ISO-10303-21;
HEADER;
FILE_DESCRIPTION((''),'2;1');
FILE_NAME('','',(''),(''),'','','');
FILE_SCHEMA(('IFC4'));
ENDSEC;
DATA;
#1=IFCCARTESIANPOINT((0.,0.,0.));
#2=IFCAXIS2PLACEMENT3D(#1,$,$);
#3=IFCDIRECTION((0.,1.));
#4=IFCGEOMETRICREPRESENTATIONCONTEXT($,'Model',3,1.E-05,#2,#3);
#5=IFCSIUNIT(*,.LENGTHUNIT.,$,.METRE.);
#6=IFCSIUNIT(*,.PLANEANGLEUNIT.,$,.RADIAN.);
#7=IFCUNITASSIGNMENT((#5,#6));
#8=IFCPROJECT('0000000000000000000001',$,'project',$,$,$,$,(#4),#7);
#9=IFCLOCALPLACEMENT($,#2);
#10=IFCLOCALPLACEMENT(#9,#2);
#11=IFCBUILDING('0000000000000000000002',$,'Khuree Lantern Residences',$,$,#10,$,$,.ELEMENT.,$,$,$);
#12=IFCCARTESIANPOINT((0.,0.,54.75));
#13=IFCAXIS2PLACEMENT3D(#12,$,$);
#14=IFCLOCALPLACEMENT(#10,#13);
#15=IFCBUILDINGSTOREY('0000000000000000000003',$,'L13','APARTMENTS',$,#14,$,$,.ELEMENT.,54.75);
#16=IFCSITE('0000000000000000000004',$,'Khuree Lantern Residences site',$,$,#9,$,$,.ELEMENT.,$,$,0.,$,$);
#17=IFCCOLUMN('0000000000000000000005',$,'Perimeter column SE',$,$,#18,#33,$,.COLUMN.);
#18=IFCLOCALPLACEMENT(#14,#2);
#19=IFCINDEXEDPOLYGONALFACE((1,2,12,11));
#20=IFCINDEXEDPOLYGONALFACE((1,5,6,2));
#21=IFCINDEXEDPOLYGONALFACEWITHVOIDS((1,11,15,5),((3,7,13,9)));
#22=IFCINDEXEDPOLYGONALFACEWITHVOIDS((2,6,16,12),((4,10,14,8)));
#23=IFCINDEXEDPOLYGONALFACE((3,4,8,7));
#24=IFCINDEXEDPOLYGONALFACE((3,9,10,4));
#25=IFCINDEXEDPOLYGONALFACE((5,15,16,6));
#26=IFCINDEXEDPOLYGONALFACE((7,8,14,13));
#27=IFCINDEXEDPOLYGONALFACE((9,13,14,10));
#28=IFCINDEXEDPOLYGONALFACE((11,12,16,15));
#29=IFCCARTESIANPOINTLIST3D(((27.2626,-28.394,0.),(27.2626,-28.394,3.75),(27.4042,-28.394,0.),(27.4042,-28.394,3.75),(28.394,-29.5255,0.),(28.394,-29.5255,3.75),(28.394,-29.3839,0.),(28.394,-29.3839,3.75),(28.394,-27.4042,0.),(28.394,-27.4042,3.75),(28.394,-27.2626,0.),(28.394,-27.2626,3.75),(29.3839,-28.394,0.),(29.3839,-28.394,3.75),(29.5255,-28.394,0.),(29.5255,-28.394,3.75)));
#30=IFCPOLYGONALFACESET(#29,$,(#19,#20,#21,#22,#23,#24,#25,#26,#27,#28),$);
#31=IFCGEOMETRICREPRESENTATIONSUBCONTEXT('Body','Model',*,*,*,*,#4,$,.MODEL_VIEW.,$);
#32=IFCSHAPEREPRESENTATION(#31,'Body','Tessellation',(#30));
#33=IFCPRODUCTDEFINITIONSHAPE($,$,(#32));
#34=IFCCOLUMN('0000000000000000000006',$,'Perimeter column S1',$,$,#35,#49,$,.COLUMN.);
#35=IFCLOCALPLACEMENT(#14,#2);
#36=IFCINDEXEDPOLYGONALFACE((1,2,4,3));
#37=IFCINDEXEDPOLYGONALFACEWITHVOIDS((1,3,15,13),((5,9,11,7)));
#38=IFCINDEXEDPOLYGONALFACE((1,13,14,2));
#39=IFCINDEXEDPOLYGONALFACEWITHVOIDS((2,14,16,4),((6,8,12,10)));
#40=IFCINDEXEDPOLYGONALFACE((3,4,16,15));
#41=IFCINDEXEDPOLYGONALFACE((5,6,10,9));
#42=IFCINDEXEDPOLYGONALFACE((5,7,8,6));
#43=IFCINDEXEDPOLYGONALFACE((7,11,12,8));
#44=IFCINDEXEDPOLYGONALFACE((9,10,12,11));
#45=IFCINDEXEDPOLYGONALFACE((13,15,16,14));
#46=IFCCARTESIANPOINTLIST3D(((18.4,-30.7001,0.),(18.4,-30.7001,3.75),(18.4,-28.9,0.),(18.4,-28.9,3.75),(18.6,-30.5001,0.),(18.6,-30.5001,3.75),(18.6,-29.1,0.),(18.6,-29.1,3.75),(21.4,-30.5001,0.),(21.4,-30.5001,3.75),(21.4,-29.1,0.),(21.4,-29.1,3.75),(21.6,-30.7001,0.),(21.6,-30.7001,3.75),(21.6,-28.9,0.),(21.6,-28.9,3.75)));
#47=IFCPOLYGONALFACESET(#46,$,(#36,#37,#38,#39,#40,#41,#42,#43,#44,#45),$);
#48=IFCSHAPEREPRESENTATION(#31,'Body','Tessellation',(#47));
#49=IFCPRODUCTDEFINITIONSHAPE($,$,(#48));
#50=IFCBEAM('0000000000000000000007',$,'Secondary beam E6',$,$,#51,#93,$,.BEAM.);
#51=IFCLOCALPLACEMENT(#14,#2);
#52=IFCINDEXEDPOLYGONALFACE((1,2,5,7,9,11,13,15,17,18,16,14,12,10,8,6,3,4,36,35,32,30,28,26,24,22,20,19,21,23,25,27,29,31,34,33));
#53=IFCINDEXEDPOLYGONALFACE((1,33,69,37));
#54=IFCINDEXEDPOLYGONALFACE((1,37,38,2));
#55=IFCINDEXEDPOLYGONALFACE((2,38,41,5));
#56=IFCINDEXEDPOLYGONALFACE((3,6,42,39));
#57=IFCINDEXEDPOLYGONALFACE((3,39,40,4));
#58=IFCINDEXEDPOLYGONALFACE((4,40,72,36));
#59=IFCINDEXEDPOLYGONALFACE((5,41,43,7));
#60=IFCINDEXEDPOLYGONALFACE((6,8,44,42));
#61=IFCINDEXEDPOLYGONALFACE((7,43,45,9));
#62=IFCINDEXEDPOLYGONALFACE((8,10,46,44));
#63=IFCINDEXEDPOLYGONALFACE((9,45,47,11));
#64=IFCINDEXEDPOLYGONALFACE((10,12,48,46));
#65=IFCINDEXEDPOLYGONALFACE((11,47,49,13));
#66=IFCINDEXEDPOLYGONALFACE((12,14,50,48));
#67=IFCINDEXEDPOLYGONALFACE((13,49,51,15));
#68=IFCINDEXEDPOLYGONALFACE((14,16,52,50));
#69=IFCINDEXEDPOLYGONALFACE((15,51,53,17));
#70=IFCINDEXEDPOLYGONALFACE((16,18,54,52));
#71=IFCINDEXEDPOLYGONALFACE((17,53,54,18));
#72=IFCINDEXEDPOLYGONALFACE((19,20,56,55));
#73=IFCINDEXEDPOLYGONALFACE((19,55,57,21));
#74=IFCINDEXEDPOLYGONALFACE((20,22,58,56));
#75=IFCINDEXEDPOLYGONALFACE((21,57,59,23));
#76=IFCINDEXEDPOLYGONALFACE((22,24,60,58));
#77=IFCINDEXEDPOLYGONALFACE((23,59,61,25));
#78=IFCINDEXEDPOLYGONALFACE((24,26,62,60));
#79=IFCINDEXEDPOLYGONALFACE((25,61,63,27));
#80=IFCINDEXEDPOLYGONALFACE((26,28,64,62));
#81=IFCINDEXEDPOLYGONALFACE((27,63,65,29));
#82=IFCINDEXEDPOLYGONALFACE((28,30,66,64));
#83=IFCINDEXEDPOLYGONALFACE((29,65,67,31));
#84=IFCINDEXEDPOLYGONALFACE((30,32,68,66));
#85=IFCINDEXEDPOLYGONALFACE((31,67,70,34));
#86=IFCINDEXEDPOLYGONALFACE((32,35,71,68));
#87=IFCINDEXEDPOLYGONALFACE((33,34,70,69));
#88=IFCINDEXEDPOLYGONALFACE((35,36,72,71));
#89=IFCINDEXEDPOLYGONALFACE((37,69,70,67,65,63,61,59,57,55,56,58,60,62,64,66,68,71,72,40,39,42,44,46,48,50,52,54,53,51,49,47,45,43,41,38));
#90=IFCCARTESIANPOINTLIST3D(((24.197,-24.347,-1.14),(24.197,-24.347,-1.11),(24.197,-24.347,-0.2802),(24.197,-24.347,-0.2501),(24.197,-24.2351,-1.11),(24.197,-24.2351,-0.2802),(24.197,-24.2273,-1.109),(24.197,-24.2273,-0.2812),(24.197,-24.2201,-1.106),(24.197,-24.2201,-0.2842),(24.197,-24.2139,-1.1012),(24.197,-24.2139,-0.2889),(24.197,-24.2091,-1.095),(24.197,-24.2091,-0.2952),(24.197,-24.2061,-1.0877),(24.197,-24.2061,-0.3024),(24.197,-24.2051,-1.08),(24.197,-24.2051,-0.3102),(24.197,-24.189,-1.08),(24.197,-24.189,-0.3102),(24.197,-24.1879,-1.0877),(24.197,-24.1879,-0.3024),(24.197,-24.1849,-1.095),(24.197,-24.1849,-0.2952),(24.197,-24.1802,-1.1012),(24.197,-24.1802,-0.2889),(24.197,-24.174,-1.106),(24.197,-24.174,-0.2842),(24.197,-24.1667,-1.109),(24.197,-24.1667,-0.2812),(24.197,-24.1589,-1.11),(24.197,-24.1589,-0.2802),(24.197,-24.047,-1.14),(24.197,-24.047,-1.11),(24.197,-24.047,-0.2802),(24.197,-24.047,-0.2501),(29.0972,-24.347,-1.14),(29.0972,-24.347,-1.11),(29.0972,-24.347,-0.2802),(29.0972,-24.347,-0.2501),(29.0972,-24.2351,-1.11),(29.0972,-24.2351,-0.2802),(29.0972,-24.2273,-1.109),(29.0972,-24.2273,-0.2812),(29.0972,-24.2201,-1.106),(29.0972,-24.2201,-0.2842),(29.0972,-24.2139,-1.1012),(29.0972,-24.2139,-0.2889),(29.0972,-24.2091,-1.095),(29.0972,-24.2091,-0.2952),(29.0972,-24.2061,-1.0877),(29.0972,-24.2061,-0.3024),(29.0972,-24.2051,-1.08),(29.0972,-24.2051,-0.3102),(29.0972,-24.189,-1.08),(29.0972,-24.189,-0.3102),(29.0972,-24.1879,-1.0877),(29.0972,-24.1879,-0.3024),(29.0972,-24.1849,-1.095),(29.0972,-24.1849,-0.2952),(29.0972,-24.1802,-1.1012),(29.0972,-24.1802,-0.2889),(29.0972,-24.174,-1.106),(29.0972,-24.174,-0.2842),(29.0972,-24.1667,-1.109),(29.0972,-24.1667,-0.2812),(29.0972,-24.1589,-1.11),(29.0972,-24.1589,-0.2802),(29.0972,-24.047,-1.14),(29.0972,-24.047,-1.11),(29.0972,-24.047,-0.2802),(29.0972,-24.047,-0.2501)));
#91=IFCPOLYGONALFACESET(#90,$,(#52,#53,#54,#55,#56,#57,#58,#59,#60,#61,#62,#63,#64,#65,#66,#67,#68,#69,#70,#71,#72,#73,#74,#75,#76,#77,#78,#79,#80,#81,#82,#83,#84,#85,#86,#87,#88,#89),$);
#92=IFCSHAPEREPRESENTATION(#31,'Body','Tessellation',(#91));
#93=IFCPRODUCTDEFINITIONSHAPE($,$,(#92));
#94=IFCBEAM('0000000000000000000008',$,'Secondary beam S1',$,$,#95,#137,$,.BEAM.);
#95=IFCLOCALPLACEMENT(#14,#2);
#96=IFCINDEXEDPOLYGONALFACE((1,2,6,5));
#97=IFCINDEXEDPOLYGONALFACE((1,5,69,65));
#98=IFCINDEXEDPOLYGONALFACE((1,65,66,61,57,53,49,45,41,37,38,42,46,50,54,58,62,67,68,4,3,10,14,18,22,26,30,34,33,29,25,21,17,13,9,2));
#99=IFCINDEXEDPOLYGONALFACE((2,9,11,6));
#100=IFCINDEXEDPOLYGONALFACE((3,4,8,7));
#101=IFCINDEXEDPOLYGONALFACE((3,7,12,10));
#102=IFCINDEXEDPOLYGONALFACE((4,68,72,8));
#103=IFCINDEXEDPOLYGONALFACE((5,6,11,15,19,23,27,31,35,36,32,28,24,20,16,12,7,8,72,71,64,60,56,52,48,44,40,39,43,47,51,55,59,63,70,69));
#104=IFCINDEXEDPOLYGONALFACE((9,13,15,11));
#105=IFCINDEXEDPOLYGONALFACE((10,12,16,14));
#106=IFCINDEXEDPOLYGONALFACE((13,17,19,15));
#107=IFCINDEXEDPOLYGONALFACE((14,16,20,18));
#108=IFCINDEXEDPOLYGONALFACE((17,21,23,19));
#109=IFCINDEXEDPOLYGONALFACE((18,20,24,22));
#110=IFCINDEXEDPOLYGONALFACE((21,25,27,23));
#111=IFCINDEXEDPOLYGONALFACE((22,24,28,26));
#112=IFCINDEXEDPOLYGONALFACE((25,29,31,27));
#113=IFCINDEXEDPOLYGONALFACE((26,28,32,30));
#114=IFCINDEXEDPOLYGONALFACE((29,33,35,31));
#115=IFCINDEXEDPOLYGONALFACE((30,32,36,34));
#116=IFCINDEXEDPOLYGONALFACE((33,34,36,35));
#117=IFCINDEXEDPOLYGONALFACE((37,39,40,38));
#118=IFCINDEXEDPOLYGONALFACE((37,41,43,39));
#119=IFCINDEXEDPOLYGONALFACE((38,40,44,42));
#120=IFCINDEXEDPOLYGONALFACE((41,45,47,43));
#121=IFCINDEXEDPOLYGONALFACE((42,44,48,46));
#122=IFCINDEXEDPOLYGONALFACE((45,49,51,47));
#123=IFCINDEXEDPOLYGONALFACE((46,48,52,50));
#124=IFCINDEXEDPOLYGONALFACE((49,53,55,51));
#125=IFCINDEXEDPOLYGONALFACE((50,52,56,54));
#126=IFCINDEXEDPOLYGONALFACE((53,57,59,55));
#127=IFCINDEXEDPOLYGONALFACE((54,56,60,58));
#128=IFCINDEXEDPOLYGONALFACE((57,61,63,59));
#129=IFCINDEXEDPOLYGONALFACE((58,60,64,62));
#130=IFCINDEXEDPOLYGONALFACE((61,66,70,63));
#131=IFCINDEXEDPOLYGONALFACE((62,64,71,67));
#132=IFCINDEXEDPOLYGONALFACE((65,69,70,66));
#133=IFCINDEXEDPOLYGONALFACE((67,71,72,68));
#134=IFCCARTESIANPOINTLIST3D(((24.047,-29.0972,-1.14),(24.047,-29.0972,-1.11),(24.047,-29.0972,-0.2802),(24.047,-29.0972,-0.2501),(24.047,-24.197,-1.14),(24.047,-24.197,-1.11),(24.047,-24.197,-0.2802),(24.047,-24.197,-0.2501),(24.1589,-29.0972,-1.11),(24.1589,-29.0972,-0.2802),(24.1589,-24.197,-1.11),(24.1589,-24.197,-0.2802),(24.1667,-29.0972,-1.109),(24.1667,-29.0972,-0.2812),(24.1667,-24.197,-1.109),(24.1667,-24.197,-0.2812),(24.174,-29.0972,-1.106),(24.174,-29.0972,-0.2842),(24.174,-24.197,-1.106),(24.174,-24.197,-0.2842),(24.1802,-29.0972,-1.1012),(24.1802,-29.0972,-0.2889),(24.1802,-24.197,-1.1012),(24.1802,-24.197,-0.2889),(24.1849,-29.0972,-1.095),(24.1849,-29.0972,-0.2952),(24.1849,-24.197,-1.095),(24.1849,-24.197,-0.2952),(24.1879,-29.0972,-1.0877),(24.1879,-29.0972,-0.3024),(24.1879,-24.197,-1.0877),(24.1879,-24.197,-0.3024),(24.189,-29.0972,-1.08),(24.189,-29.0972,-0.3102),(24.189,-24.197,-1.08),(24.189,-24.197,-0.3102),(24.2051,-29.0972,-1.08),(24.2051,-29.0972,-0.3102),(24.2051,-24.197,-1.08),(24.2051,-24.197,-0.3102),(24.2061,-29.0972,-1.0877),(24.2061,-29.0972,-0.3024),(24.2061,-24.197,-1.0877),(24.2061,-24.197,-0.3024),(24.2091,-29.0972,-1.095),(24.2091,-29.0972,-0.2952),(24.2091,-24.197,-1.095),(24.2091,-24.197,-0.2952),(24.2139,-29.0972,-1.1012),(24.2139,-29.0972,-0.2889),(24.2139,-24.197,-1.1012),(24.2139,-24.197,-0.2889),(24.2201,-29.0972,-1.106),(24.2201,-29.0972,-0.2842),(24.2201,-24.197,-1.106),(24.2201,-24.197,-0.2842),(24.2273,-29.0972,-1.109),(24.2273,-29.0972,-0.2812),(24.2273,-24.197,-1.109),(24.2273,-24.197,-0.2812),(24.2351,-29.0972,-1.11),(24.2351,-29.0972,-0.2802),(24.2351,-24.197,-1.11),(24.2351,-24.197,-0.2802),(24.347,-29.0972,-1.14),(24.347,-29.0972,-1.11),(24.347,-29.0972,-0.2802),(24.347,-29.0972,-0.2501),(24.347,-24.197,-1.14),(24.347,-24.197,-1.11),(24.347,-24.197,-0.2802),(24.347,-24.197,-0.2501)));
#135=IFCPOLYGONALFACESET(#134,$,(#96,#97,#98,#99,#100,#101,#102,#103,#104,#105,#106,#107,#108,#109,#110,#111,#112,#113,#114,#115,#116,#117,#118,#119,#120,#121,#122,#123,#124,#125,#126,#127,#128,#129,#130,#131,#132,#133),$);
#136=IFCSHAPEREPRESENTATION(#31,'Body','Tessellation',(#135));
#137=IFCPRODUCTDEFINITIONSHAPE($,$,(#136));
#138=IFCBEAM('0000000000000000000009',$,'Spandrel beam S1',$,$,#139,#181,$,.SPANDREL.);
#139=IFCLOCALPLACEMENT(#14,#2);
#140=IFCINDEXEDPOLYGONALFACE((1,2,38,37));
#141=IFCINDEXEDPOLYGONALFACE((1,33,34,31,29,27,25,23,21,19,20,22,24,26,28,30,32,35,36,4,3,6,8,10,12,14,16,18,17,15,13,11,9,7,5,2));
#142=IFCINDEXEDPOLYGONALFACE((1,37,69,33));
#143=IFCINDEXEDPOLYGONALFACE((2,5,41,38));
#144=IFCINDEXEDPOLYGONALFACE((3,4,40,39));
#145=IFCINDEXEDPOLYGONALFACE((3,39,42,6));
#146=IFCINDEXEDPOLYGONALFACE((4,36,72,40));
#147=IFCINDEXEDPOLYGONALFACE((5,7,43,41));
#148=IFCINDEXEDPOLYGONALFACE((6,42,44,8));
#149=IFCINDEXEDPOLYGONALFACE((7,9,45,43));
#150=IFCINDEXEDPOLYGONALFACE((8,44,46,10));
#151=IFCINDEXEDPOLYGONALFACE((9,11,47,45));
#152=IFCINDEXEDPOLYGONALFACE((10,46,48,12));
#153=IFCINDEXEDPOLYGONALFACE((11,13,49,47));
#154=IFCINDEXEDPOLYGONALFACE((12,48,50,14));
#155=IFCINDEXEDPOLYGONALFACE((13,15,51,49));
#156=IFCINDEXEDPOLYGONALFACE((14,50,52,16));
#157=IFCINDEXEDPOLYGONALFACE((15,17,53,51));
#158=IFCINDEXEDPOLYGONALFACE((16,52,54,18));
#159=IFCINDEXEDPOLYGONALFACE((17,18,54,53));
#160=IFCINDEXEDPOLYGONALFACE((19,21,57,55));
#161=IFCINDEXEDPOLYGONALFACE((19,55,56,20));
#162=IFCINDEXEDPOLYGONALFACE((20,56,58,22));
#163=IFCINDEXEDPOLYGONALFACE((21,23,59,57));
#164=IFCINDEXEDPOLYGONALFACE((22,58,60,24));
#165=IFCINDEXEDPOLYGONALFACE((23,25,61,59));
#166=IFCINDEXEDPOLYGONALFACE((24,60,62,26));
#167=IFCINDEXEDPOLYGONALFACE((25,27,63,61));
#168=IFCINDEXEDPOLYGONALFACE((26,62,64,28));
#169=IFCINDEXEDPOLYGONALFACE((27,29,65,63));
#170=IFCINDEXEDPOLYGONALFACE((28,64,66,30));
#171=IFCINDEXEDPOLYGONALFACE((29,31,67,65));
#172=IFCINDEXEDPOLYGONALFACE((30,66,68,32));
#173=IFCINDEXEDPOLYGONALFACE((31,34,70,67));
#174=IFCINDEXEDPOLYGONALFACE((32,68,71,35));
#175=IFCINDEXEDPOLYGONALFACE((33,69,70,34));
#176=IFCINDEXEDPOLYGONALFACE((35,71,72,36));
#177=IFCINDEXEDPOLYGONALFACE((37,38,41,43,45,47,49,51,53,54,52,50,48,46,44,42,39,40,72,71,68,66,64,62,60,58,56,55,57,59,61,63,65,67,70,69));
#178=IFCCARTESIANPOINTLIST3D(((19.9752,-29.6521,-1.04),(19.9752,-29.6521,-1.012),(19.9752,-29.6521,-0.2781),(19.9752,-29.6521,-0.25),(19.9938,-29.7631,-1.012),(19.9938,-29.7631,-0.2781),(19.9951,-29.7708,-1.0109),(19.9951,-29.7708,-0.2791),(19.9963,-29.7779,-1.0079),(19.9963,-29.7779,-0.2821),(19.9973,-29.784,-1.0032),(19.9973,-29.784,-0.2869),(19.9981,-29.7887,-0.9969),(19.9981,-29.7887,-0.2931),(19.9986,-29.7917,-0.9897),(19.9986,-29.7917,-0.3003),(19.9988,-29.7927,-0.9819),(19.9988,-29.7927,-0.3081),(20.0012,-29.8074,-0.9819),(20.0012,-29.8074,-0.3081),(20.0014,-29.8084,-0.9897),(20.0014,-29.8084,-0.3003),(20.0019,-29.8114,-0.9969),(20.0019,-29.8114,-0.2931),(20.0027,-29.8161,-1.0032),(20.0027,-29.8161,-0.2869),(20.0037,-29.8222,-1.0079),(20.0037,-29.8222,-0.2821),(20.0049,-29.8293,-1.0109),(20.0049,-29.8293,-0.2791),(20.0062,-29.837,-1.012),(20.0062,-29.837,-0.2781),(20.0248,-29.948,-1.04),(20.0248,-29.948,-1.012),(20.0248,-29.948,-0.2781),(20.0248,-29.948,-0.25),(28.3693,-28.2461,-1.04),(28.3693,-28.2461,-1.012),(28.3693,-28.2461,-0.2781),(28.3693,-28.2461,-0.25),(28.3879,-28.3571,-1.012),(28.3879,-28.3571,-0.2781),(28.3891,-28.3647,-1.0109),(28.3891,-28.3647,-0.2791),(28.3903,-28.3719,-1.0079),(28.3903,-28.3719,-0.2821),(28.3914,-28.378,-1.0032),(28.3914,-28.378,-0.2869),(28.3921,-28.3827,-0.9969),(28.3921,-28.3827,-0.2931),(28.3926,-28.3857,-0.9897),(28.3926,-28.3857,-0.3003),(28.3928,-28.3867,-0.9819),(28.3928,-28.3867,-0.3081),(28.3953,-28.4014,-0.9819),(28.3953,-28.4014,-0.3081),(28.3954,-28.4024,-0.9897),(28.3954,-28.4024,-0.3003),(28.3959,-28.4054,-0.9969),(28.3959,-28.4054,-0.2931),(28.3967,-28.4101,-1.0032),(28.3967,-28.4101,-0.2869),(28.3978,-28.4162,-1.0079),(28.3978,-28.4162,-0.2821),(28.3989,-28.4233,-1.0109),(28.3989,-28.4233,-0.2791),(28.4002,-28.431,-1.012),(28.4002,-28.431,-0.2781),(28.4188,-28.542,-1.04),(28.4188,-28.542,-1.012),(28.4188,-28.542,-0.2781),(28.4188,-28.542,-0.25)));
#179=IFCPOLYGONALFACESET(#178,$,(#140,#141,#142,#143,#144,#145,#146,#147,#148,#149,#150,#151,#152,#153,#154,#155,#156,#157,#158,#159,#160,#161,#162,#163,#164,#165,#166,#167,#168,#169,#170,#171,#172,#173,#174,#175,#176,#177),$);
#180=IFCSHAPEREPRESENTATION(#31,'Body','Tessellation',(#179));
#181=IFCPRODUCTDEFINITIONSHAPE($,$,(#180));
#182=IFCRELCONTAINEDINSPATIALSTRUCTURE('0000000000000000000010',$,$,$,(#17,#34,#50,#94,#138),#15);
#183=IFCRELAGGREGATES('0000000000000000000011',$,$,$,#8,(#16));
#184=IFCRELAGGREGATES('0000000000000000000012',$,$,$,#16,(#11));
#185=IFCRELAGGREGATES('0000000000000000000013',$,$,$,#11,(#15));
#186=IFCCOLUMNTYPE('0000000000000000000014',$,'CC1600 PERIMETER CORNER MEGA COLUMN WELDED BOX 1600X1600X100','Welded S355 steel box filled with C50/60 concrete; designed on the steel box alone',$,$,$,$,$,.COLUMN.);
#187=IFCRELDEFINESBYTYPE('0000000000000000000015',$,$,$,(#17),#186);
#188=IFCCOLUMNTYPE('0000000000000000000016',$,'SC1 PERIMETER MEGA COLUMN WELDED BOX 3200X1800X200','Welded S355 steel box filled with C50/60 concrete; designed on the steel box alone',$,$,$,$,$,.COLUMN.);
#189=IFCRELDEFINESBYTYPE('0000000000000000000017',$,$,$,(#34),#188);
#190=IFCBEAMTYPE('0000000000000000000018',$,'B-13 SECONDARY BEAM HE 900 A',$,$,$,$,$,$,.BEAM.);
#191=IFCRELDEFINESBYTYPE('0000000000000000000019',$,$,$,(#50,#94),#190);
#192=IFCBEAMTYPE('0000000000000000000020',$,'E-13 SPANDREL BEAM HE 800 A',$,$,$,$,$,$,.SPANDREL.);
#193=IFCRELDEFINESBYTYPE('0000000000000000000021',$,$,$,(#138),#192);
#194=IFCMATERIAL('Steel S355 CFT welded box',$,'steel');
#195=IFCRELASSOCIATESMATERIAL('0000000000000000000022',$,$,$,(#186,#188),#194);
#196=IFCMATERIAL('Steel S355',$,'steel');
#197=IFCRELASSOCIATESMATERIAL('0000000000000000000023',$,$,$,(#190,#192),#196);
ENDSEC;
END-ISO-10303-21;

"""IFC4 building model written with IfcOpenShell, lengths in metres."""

from ifc_helpers import new_model, si_unit, direction, frame, origin, origin_2d, place, context, subcontext, project, spatial, hollow_rectangle, i_section, extrude, material, material_profile, profile_set, type_object, element, save


model = new_model("IFC4")

# Units and contexts
model_context = context("Model", 3, precision=1e-05, world=origin(), true_north=direction((0.0, 1.0)))
body_context = subcontext(model_context, "Body", "Model", "MODEL_VIEW")
ifc_project = project(units=[si_unit("LENGTHUNIT", "METRE"), si_unit("PLANEANGLEUNIT", "RADIAN")], contexts=[model_context])

# Site, building, storey
site_placement = place(None, origin())
site = spatial("IfcSite", under=ifc_project, at=site_placement, Name="Khuree Lantern Residences site", CompositionType="ELEMENT", RefElevation=0.0)
building_placement = place(site_placement, origin())
building = spatial("IfcBuilding", under=site, at=building_placement, Name="Khuree Lantern Residences", CompositionType="ELEMENT")
storey_placement = place(building_placement, frame((0.0, 0.0, 54.75)))
storey = spatial("IfcBuildingStorey", under=building, at=storey_placement, Name="L13", Description="APARTMENTS", CompositionType="ELEMENT", Elevation=54.75)

# Columns
ifc_material_1 = material(Name="Steel S355 CFT welded box", Category="steel")
ifc_material_profile_1 = material_profile(ifc_material_1, hollow_rectangle(XDim=1.6001, YDim=1.6001, WallThickness=0.1001, at=origin_2d()), Name="WELDED BOX 1600X1600X100")
ifc_profile_set_1 = profile_set([ifc_material_profile_1], Name="Steel S355 CFT welded box")
column_type_1 = type_object("IfcColumnType", Name="CC1600 PERIMETER CORNER MEGA COLUMN WELDED BOX 1600X1600X100", Description="Welded S355 steel box filled with C50/60 concrete; designed on the steel box alone", PredefinedType="COLUMN", material=ifc_profile_set_1)
column_1_placement = place(storey_placement, frame((28.394, -28.394, 0.0), z_axis=(0.0, 0.0, 1.0), x_axis=(0.707107, 0.707107, 0.0)))
element("IfcColumn", 1, at=column_1_placement, inside=storey, type_object=column_type_1, Name="Perimeter column SE", PredefinedType="COLUMN", context=body_context, shape_type="SweptSolid", body=[
    extrude(hollow_rectangle(XDim=1.6001, YDim=1.6001, WallThickness=0.1001, at=origin_2d()), origin(), (0.0, 0.0, 1.0), 3.75),
])
ifc_material_profile_2 = material_profile(ifc_material_1, hollow_rectangle(XDim=3.2, YDim=1.8, WallThickness=0.2, at=origin_2d()), Name="WELDED BOX 3200X1800X200")
ifc_profile_set_2 = profile_set([ifc_material_profile_2], Name="Steel S355 CFT welded box")
column_type_2 = type_object("IfcColumnType", Name="SC1 PERIMETER MEGA COLUMN WELDED BOX 3200X1800X200", Description="Welded S355 steel box filled with C50/60 concrete; designed on the steel box alone", PredefinedType="COLUMN", material=ifc_profile_set_2)
column_2_placement = place(storey_placement, frame((20.0, -29.8, 0.0), z_axis=(0.0, 0.0, 1.0), x_axis=(1.0, 0.0, 0.0)))
element("IfcColumn", 2, at=column_2_placement, inside=storey, type_object=column_type_2, Name="Perimeter column S1", PredefinedType="COLUMN", context=body_context, shape_type="SweptSolid", body=[
    extrude(hollow_rectangle(XDim=3.2, YDim=1.8, WallThickness=0.2, at=origin_2d()), origin(), (0.0, 0.0, 1.0), 3.75),
])

# Beams
ifc_material_2 = material(Name="Steel S355", Category="steel")
ifc_material_profile_3 = material_profile(ifc_material_2, i_section(OverallWidth=0.3, OverallDepth=0.8899, WebThickness=0.0161, FlangeThickness=0.03, FilletRadius=0.03, at=origin_2d()), Name="HE 900 A")
ifc_profile_set_3 = profile_set([ifc_material_profile_3], Name="Steel S355")
beam_type_1 = type_object("IfcBeamType", Name="B-13 SECONDARY BEAM HE 900 A", PredefinedType="BEAM", material=ifc_profile_set_3)
for number, where, z_axis, x_axis, name in (
    (3, (29.0972, -24.197, -0.6951), (-1.0, 0.0, 0.0), (0.0, -1.0, 0.0), "Secondary beam E6"),
    (4, (24.197, -29.0972, -0.6951), (0.0, 1.0, 0.0), (-1.0, 0.0, 0.0), "Secondary beam S1"),
):
    element("IfcBeam", number, at=place(storey_placement, frame(where, z_axis=z_axis, x_axis=x_axis)), inside=storey, type_object=beam_type_1, Name=name, PredefinedType="BEAM", context=body_context, shape_type="SweptSolid", body=[
        extrude(i_section(OverallWidth=0.3, OverallDepth=0.8899, WebThickness=0.0161, FlangeThickness=0.03, FilletRadius=0.03, at=origin_2d()), origin(), (0.0, 0.0, 1.0), 4.9001),
    ])
ifc_material_profile_4 = material_profile(ifc_material_2, i_section(OverallWidth=0.3, OverallDepth=0.79, WebThickness=0.0149, FlangeThickness=0.0281, FilletRadius=0.03, at=origin_2d()), Name="HE 800 A")
ifc_profile_set_4 = profile_set([ifc_material_profile_4], Name="Steel S355")
beam_type_2 = type_object("IfcBeamType", Name="E-13 SPANDREL BEAM HE 800 A", PredefinedType="SPANDREL", material=ifc_profile_set_4)
beam_1_placement = place(storey_placement, frame((28.394, -28.394, -0.645), z_axis=(-0.98626, -0.165199, 0.0), x_axis=(0.165199, -0.98626, 0.0)))
element("IfcBeam", 5, at=beam_1_placement, inside=storey, type_object=beam_type_2, Name="Spandrel beam S1", PredefinedType="SPANDREL", context=body_context, shape_type="SweptSolid", body=[
    extrude(i_section(OverallWidth=0.3, OverallDepth=0.79, WebThickness=0.0149, FlangeThickness=0.0281, FilletRadius=0.03, at=origin_2d()), origin(), (0.0, 0.0, 1.0), 8.511),
])

save(model, "model.ifc")
